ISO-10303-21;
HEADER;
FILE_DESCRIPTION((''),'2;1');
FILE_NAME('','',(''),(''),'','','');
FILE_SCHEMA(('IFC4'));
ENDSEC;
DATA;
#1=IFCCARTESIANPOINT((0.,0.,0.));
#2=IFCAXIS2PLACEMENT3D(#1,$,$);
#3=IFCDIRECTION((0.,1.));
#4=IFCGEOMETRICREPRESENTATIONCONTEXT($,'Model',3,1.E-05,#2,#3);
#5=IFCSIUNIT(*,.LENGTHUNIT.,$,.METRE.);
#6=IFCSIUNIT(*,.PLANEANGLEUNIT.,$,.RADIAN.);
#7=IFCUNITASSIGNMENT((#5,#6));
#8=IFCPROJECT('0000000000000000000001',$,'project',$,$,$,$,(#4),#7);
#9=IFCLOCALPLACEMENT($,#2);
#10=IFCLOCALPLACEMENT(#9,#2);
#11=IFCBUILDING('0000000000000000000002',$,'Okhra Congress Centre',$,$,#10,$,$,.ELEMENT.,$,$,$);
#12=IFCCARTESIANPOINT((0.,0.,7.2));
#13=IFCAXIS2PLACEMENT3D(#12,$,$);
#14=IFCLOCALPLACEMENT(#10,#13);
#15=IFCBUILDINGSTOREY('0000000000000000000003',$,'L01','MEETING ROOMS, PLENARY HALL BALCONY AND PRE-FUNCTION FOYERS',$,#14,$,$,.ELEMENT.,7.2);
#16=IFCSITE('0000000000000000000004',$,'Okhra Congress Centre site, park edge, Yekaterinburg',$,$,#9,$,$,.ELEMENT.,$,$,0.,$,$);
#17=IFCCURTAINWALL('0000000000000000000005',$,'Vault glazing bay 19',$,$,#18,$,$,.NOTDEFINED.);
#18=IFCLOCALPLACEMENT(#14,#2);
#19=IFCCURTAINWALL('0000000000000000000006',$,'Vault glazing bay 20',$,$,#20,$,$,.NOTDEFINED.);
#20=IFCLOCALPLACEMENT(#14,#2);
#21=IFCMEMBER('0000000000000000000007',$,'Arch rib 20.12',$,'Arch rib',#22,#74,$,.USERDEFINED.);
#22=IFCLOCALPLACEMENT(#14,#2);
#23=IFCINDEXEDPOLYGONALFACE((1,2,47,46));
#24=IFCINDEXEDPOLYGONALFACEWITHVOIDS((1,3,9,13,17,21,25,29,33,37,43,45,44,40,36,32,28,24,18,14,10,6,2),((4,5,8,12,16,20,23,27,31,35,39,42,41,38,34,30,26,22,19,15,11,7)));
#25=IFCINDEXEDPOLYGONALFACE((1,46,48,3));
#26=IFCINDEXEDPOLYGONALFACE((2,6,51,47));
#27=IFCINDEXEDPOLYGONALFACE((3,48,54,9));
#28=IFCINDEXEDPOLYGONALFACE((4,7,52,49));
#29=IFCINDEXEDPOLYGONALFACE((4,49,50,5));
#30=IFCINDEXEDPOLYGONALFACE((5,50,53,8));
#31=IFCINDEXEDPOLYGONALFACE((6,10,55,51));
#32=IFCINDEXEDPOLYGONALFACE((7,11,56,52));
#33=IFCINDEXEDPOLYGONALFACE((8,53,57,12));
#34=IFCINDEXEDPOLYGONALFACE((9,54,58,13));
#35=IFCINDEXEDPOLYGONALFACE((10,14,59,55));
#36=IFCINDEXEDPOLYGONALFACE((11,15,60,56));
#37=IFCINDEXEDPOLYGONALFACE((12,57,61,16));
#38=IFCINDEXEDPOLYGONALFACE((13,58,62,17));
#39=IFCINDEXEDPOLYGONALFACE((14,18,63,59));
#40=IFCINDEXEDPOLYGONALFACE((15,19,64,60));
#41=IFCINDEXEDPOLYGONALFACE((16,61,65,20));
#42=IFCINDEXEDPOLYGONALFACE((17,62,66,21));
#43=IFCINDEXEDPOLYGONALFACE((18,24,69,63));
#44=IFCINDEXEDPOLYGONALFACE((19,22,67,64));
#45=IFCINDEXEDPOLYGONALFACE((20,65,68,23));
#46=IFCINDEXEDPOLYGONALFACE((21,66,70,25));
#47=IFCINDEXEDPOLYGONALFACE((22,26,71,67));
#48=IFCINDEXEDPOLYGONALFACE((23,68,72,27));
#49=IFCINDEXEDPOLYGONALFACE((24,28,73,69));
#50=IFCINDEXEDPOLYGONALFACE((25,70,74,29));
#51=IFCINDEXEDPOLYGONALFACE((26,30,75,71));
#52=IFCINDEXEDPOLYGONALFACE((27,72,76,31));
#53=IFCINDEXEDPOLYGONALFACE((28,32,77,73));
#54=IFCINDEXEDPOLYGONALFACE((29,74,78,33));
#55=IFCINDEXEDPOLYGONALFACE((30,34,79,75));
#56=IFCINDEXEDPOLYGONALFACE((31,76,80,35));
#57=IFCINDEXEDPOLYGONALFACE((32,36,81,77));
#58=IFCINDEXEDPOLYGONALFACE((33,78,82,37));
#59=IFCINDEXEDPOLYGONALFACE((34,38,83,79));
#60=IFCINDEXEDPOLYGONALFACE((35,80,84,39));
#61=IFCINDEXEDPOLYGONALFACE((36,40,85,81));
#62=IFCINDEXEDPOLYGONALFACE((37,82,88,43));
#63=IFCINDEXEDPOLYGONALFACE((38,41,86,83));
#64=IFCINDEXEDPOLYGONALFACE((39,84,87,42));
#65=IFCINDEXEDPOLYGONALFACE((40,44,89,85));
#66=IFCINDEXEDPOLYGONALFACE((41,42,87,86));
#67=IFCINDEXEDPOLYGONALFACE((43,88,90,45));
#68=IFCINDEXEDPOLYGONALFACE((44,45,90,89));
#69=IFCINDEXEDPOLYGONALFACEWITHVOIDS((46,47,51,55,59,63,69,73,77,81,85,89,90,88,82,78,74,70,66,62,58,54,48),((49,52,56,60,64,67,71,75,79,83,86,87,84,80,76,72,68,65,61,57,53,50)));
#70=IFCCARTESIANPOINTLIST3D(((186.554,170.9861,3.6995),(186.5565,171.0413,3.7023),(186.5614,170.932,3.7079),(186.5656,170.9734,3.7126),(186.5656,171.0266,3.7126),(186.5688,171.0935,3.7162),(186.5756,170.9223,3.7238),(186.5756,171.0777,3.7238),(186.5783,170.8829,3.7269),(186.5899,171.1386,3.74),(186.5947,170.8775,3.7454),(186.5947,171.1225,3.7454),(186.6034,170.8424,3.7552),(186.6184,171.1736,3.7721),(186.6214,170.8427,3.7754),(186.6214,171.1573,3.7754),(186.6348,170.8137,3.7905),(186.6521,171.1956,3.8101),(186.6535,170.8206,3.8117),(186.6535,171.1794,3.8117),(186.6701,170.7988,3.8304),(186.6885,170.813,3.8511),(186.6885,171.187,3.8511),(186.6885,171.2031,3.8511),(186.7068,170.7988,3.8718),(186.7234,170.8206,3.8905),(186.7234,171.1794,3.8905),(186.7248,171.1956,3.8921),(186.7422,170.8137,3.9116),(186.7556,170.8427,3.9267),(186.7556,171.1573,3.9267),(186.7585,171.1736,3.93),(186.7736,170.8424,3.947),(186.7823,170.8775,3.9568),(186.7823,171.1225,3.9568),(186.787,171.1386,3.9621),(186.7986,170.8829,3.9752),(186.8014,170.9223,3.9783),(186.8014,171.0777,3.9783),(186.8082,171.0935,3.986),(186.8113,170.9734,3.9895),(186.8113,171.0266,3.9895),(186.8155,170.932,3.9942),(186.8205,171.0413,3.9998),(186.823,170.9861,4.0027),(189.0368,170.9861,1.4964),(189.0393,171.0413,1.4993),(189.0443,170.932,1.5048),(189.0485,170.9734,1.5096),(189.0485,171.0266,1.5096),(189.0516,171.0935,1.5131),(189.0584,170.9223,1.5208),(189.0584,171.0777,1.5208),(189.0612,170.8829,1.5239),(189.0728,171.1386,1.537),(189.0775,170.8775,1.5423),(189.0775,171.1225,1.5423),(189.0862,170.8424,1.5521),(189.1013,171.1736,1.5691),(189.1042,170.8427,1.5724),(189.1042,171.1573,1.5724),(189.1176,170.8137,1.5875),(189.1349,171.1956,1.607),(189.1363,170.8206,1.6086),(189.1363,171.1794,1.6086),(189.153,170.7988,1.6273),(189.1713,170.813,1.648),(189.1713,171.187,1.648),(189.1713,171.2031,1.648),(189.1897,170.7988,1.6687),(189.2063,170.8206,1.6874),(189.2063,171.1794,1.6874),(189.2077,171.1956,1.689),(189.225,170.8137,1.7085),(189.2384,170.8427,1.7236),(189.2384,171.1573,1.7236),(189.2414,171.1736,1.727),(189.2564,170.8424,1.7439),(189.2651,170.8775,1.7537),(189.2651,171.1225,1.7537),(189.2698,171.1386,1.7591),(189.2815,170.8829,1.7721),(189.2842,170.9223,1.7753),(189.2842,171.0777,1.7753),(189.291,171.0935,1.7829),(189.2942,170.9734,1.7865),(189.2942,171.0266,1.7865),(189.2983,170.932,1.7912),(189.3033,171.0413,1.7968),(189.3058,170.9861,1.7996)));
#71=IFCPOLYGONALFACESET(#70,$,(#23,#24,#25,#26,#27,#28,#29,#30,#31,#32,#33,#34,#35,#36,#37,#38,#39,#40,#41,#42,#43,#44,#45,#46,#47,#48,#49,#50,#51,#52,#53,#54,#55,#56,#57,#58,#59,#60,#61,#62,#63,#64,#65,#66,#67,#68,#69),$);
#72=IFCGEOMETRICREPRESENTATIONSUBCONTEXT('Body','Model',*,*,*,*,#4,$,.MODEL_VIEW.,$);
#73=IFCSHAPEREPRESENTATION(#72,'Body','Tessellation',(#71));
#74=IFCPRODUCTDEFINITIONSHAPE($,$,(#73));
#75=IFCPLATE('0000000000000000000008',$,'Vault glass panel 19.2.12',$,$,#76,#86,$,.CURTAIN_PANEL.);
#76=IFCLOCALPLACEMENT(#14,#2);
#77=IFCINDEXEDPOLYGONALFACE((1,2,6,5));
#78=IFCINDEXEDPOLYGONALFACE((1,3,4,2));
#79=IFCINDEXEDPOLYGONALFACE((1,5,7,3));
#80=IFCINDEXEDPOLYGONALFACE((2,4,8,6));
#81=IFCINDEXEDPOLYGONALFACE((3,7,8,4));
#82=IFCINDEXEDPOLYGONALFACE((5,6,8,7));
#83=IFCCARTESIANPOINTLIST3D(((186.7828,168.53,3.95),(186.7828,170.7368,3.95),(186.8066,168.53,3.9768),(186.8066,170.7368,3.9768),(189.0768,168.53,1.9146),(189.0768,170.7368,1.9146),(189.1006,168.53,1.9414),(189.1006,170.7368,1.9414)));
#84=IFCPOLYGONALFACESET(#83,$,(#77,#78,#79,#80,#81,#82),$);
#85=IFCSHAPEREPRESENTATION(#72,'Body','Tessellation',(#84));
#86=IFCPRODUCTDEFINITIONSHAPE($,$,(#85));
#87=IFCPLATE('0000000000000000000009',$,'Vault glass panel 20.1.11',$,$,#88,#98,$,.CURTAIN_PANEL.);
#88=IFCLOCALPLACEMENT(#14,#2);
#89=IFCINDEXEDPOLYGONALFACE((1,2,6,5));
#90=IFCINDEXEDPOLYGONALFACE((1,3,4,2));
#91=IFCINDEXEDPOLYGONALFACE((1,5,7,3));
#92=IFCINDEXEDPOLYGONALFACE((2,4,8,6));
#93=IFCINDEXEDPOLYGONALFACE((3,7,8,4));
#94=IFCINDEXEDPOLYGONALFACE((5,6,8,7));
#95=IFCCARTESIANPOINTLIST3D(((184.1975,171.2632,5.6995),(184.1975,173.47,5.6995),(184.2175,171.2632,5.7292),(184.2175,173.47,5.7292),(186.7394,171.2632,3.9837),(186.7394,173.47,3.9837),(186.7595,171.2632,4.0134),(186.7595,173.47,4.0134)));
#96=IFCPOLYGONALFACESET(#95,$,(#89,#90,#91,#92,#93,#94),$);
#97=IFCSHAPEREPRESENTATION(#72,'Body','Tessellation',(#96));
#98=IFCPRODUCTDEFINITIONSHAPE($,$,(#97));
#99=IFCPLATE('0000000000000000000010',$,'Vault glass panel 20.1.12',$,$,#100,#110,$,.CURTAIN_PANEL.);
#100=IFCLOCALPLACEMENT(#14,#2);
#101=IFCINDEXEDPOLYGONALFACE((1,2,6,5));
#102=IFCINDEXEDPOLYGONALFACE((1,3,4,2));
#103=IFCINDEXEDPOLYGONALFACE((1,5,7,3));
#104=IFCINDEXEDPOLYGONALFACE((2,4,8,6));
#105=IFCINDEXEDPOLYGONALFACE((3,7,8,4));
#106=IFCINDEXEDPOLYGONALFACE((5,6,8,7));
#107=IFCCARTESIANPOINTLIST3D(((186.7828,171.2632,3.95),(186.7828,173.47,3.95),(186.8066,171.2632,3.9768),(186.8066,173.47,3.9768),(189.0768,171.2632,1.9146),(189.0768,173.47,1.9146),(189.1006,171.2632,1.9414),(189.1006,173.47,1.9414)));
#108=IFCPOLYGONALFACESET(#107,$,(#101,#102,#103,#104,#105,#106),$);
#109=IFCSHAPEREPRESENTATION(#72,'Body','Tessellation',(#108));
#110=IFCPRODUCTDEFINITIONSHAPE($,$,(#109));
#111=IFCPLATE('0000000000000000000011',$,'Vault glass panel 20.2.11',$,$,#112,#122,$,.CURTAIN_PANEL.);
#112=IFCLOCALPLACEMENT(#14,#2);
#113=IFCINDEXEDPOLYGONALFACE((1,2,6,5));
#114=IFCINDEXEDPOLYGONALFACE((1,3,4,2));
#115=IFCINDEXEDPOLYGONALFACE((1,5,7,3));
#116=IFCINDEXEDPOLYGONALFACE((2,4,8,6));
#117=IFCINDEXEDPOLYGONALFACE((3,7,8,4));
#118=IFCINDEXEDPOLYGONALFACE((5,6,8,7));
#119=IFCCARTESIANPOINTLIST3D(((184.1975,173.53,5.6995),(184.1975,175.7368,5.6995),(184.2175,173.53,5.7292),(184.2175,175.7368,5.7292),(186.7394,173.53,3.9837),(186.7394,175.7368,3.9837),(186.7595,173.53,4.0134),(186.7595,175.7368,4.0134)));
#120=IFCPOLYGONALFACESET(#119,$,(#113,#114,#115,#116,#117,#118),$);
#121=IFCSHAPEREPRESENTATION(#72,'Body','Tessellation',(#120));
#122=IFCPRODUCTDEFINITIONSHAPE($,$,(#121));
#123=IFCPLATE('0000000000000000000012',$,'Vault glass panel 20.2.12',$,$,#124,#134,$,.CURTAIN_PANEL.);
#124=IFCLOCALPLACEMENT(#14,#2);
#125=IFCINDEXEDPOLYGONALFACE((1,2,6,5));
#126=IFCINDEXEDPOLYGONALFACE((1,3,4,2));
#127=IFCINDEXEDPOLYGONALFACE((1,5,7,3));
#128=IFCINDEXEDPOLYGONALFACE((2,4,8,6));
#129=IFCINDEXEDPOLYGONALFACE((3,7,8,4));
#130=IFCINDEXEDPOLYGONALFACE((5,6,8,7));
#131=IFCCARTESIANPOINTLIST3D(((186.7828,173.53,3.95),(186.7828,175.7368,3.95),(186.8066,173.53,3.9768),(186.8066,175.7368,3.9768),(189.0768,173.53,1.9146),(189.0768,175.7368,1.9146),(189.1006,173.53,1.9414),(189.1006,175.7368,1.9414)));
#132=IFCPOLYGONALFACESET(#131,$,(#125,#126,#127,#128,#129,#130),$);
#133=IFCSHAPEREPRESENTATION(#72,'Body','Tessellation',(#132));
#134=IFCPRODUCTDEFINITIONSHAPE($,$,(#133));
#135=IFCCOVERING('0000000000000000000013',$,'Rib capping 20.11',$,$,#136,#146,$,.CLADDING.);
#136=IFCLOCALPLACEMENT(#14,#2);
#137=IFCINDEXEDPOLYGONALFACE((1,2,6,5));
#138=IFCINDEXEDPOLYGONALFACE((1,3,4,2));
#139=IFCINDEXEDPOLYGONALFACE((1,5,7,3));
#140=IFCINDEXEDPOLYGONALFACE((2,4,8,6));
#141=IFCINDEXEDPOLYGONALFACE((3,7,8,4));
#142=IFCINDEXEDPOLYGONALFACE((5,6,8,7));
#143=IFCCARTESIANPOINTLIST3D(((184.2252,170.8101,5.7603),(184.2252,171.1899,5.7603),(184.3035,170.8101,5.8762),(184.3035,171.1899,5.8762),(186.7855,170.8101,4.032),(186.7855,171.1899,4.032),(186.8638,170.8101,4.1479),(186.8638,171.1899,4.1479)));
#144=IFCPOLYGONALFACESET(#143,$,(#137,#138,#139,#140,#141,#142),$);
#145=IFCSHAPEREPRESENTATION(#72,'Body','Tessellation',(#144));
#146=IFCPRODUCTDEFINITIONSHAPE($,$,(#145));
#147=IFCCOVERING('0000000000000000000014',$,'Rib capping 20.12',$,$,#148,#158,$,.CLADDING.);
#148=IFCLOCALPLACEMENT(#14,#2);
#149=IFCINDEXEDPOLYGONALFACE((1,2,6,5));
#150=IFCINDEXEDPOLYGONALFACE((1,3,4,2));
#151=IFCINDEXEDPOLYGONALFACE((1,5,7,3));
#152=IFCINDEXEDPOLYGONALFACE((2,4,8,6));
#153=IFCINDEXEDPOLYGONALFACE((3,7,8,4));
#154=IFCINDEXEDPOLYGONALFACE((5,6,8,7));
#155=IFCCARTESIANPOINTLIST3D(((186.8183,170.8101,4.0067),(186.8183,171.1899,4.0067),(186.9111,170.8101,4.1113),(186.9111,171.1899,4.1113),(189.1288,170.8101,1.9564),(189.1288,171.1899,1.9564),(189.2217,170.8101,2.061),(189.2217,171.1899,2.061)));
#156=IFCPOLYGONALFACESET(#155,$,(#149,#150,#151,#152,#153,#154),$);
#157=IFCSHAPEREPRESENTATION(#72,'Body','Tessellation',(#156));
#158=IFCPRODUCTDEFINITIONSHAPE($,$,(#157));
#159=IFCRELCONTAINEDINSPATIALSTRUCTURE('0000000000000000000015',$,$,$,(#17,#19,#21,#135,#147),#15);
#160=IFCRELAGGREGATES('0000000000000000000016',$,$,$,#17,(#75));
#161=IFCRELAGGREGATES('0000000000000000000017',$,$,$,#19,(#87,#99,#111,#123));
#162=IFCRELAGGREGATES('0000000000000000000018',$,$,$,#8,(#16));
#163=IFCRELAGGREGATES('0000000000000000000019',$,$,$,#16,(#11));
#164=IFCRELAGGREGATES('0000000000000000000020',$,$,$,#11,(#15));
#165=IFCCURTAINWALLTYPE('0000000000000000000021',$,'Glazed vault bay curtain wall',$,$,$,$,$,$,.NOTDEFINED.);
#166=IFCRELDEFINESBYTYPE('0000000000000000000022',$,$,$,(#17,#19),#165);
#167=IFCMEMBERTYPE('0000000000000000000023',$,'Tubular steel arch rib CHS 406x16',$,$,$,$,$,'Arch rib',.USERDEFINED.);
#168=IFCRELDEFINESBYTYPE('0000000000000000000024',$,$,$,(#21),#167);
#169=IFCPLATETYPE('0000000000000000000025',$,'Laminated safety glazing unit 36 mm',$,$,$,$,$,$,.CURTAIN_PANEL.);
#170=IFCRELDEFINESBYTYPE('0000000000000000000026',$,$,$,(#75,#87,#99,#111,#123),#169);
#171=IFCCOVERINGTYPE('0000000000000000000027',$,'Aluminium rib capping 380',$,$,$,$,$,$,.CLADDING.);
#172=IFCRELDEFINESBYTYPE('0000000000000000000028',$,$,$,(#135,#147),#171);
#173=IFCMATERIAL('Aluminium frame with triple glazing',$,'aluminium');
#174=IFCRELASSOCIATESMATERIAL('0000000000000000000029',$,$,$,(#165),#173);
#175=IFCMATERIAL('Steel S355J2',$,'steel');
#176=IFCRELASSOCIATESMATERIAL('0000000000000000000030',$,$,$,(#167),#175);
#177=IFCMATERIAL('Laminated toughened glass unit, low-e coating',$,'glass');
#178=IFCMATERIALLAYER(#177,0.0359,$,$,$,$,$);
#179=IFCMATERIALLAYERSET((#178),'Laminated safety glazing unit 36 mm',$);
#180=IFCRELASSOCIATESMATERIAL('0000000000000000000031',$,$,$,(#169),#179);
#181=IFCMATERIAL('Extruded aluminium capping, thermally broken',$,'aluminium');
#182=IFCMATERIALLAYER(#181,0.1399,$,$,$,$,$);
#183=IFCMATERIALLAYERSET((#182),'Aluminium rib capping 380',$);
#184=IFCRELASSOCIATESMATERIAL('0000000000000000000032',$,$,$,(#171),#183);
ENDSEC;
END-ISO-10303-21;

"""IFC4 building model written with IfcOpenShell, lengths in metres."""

from ifc_helpers import new_model, si_unit, direction, frame, origin, origin_2d, place, context, subcontext, project, spatial, polyline, hollow_circle, outline, extrude, material, layer, layer_set, material_profile, profile_set, type_object, element, aggregate, save


model = new_model("IFC4")

# Units and contexts
model_context = context("Model", 3, precision=1e-05, world=origin(), true_north=direction((0.0, 1.0)))
body_context = subcontext(model_context, "Body", "Model", "MODEL_VIEW")
ifc_project = project(units=[si_unit("LENGTHUNIT", "METRE"), si_unit("PLANEANGLEUNIT", "RADIAN")], contexts=[model_context])

# Site, building, storey
site_placement = place(None, origin())
site = spatial("IfcSite", under=ifc_project, at=site_placement, Name="Okhra Congress Centre site, park edge, Yekaterinburg", CompositionType="ELEMENT", RefElevation=0.0)
building_placement = place(site_placement, origin())
building = spatial("IfcBuilding", under=site, at=building_placement, Name="Okhra Congress Centre", CompositionType="ELEMENT")
storey_placement = place(building_placement, frame((0.0, 0.0, 7.2)))
storey = spatial("IfcBuildingStorey", under=building, at=storey_placement, Name="L01", Description="MEETING ROOMS, PLENARY HALL BALCONY AND PRE-FUNCTION FOYERS", CompositionType="ELEMENT", Elevation=7.2)

# Curtain walls
ifc_material_1 = material(Name="Aluminium frame with triple glazing", Category="aluminium")
curtain_wall_type = type_object("IfcCurtainWallType", Name="Glazed vault bay curtain wall", PredefinedType="NOTDEFINED", material=ifc_material_1)
curtain_wall_1_placement = place(storey_placement, origin())
curtain_wall_1 = element("IfcCurtainWall", 1, at=curtain_wall_1_placement, inside=storey, type_object=curtain_wall_type, Name="Vault glazing bay 19", PredefinedType="NOTDEFINED")
curtain_wall_2_placement = place(storey_placement, origin())
curtain_wall_2 = element("IfcCurtainWall", 2, at=curtain_wall_2_placement, inside=storey, type_object=curtain_wall_type, Name="Vault glazing bay 20", PredefinedType="NOTDEFINED")

# Member
ifc_material_2 = material(Name="Steel S355J2", Category="steel")
ifc_material_profile_1 = material_profile(ifc_material_2, hollow_circle(Radius=0.2031, WallThickness=0.0161, at=origin_2d()), Name="CHS 406.4x16")
ifc_profile_set_1 = profile_set([ifc_material_profile_1], Name="Steel S355J2")
member_type_1 = type_object("IfcMemberType", Name="Tubular steel arch rib CHS 406x16", ElementType="Arch rib", PredefinedType="USERDEFINED", material=ifc_profile_set_1)
member_1_placement = place(storey_placement, frame((186.6885, 171.0, 3.8511), z_axis=(0.747993, 0.0, -0.663706), x_axis=(0.0, 1.0, 0.0)))
element("IfcMember", 3, at=member_1_placement, inside=storey, type_object=member_type_1, Name="Arch rib 20.12", ObjectType="Arch rib", PredefinedType="USERDEFINED", context=body_context, shape_type="SweptSolid", body=[
    extrude(hollow_circle(Radius=0.2031, WallThickness=0.0161, at=origin_2d()), origin(), (0.0, 0.0, 1.0), 3.3193),
])

# Plates
ifc_material_3 = material(Name="Laminated toughened glass unit, low-e coating", Category="glass")
ifc_layer_1 = layer(ifc_material_3, 0.0359)
ifc_layer_set_1 = layer_set([ifc_layer_1], Name="Laminated safety glazing unit 36 mm")
plate_type = type_object("IfcPlateType", Name="Laminated safety glazing unit 36 mm", PredefinedType="CURTAIN_PANEL", material=ifc_layer_set_1)
plate_1_placement = place(storey_placement, frame((186.8066, 168.53, 3.9768), z_axis=(0.663697, 0.0, 0.748002), x_axis=(0.748002, 0.0, -0.663697)))
plate_1 = element("IfcPlate", 4, at=plate_1_placement, type_object=plate_type, Name="Vault glass panel 19.2.12", PredefinedType="CURTAIN_PANEL", context=body_context, shape_type="SweptSolid", body=[
    extrude(outline(polyline([(0.0, 0.0), (3.0668, 0.0), (3.0668, 2.2068), (0.0, 2.2068), (0.0, 0.0)])), origin(), (0.0, 0.0, -1.0), 0.0359),
])
aggregate(curtain_wall_1, [plate_1])
plate_2_placement = place(storey_placement, frame((184.2175, 171.2632, 5.7292), z_axis=(0.559467, 0.0, 0.828852), x_axis=(0.828852, 0.0, -0.559467)))
plate_2 = element("IfcPlate", 5, at=plate_2_placement, type_object=plate_type, Name="Vault glass panel 20.1.11", PredefinedType="CURTAIN_PANEL", context=body_context, shape_type="SweptSolid", body=[
    extrude(outline(polyline([(0.0, 0.0), (3.0669, 0.0), (3.0669, 2.2068), (0.0, 2.2068), (0.0, 0.0)])), origin(), (0.0, 0.0, -1.0), 0.0359),
])
plate_3_placement = place(storey_placement, frame((186.8066, 171.2632, 3.9768), z_axis=(0.663697, 0.0, 0.748002), x_axis=(0.748002, 0.0, -0.663697)))
plate_3 = element("IfcPlate", 6, at=plate_3_placement, type_object=plate_type, Name="Vault glass panel 20.1.12", PredefinedType="CURTAIN_PANEL", context=body_context, shape_type="SweptSolid", body=[
    extrude(outline(polyline([(0.0, 0.0), (3.0668, 0.0), (3.0668, 2.2068), (0.0, 2.2068), (0.0, 0.0)])), origin(), (0.0, 0.0, -1.0), 0.0359),
])
plate_4_placement = place(storey_placement, frame((184.2175, 173.53, 5.7292), z_axis=(0.559467, 0.0, 0.828852), x_axis=(0.828852, 0.0, -0.559467)))
plate_4 = element("IfcPlate", 7, at=plate_4_placement, type_object=plate_type, Name="Vault glass panel 20.2.11", PredefinedType="CURTAIN_PANEL", context=body_context, shape_type="SweptSolid", body=[
    extrude(outline(polyline([(0.0, 0.0), (3.0669, 0.0), (3.0669, 2.2068), (0.0, 2.2068), (0.0, 0.0)])), origin(), (0.0, 0.0, -1.0), 0.0359),
])
plate_5_placement = place(storey_placement, frame((186.8066, 173.53, 3.9768), z_axis=(0.663697, 0.0, 0.748002), x_axis=(0.748002, 0.0, -0.663697)))
plate_5 = element("IfcPlate", 8, at=plate_5_placement, type_object=plate_type, Name="Vault glass panel 20.2.12", PredefinedType="CURTAIN_PANEL", context=body_context, shape_type="SweptSolid", body=[
    extrude(outline(polyline([(0.0, 0.0), (3.0668, 0.0), (3.0668, 2.2068), (0.0, 2.2068), (0.0, 0.0)])), origin(), (0.0, 0.0, -1.0), 0.0359),
])
aggregate(curtain_wall_2, [plate_2, plate_3, plate_4, plate_5])

# Coverings
ifc_material_4 = material(Name="Extruded aluminium capping, thermally broken", Category="aluminium")
ifc_layer_2 = layer(ifc_material_4, 0.1399)
ifc_layer_set_2 = layer_set([ifc_layer_2], Name="Aluminium rib capping 380")
covering_type = type_object("IfcCoveringType", Name="Aluminium rib capping 380", PredefinedType="CLADDING", material=ifc_layer_set_2)
covering_1_placement = place(storey_placement, frame((184.3035, 170.8101, 5.8762), z_axis=(0.559488, 0.0, 0.828839), x_axis=(0.828839, 0.0, -0.559488)))
element("IfcCovering", 9, at=covering_1_placement, inside=storey, type_object=covering_type, Name="Rib capping 20.11", PredefinedType="CLADDING", context=body_context, shape_type="SweptSolid", body=[
    extrude(outline(polyline([(0.0, 0.0), (3.089, 0.0), (3.089, 0.3799), (0.0, 0.3799), (0.0, 0.0)])), origin(), (0.0, 0.0, -1.0), 0.1399),
])
covering_2_placement = place(storey_placement, frame((186.9111, 170.8101, 4.1113), z_axis=(0.663726, 0.0, 0.747976), x_axis=(0.747976, 0.0, -0.663726)))
element("IfcCovering", 10, at=covering_2_placement, inside=storey, type_object=covering_type, Name="Rib capping 20.12", PredefinedType="CLADDING", context=body_context, shape_type="SweptSolid", body=[
    extrude(outline(polyline([(0.0, 0.0), (3.0891, 0.0), (3.0891, 0.3799), (0.0, 0.3799), (0.0, 0.0)])), origin(), (0.0, 0.0, -1.0), 0.1399),
])

save(model, "model.ifc")
